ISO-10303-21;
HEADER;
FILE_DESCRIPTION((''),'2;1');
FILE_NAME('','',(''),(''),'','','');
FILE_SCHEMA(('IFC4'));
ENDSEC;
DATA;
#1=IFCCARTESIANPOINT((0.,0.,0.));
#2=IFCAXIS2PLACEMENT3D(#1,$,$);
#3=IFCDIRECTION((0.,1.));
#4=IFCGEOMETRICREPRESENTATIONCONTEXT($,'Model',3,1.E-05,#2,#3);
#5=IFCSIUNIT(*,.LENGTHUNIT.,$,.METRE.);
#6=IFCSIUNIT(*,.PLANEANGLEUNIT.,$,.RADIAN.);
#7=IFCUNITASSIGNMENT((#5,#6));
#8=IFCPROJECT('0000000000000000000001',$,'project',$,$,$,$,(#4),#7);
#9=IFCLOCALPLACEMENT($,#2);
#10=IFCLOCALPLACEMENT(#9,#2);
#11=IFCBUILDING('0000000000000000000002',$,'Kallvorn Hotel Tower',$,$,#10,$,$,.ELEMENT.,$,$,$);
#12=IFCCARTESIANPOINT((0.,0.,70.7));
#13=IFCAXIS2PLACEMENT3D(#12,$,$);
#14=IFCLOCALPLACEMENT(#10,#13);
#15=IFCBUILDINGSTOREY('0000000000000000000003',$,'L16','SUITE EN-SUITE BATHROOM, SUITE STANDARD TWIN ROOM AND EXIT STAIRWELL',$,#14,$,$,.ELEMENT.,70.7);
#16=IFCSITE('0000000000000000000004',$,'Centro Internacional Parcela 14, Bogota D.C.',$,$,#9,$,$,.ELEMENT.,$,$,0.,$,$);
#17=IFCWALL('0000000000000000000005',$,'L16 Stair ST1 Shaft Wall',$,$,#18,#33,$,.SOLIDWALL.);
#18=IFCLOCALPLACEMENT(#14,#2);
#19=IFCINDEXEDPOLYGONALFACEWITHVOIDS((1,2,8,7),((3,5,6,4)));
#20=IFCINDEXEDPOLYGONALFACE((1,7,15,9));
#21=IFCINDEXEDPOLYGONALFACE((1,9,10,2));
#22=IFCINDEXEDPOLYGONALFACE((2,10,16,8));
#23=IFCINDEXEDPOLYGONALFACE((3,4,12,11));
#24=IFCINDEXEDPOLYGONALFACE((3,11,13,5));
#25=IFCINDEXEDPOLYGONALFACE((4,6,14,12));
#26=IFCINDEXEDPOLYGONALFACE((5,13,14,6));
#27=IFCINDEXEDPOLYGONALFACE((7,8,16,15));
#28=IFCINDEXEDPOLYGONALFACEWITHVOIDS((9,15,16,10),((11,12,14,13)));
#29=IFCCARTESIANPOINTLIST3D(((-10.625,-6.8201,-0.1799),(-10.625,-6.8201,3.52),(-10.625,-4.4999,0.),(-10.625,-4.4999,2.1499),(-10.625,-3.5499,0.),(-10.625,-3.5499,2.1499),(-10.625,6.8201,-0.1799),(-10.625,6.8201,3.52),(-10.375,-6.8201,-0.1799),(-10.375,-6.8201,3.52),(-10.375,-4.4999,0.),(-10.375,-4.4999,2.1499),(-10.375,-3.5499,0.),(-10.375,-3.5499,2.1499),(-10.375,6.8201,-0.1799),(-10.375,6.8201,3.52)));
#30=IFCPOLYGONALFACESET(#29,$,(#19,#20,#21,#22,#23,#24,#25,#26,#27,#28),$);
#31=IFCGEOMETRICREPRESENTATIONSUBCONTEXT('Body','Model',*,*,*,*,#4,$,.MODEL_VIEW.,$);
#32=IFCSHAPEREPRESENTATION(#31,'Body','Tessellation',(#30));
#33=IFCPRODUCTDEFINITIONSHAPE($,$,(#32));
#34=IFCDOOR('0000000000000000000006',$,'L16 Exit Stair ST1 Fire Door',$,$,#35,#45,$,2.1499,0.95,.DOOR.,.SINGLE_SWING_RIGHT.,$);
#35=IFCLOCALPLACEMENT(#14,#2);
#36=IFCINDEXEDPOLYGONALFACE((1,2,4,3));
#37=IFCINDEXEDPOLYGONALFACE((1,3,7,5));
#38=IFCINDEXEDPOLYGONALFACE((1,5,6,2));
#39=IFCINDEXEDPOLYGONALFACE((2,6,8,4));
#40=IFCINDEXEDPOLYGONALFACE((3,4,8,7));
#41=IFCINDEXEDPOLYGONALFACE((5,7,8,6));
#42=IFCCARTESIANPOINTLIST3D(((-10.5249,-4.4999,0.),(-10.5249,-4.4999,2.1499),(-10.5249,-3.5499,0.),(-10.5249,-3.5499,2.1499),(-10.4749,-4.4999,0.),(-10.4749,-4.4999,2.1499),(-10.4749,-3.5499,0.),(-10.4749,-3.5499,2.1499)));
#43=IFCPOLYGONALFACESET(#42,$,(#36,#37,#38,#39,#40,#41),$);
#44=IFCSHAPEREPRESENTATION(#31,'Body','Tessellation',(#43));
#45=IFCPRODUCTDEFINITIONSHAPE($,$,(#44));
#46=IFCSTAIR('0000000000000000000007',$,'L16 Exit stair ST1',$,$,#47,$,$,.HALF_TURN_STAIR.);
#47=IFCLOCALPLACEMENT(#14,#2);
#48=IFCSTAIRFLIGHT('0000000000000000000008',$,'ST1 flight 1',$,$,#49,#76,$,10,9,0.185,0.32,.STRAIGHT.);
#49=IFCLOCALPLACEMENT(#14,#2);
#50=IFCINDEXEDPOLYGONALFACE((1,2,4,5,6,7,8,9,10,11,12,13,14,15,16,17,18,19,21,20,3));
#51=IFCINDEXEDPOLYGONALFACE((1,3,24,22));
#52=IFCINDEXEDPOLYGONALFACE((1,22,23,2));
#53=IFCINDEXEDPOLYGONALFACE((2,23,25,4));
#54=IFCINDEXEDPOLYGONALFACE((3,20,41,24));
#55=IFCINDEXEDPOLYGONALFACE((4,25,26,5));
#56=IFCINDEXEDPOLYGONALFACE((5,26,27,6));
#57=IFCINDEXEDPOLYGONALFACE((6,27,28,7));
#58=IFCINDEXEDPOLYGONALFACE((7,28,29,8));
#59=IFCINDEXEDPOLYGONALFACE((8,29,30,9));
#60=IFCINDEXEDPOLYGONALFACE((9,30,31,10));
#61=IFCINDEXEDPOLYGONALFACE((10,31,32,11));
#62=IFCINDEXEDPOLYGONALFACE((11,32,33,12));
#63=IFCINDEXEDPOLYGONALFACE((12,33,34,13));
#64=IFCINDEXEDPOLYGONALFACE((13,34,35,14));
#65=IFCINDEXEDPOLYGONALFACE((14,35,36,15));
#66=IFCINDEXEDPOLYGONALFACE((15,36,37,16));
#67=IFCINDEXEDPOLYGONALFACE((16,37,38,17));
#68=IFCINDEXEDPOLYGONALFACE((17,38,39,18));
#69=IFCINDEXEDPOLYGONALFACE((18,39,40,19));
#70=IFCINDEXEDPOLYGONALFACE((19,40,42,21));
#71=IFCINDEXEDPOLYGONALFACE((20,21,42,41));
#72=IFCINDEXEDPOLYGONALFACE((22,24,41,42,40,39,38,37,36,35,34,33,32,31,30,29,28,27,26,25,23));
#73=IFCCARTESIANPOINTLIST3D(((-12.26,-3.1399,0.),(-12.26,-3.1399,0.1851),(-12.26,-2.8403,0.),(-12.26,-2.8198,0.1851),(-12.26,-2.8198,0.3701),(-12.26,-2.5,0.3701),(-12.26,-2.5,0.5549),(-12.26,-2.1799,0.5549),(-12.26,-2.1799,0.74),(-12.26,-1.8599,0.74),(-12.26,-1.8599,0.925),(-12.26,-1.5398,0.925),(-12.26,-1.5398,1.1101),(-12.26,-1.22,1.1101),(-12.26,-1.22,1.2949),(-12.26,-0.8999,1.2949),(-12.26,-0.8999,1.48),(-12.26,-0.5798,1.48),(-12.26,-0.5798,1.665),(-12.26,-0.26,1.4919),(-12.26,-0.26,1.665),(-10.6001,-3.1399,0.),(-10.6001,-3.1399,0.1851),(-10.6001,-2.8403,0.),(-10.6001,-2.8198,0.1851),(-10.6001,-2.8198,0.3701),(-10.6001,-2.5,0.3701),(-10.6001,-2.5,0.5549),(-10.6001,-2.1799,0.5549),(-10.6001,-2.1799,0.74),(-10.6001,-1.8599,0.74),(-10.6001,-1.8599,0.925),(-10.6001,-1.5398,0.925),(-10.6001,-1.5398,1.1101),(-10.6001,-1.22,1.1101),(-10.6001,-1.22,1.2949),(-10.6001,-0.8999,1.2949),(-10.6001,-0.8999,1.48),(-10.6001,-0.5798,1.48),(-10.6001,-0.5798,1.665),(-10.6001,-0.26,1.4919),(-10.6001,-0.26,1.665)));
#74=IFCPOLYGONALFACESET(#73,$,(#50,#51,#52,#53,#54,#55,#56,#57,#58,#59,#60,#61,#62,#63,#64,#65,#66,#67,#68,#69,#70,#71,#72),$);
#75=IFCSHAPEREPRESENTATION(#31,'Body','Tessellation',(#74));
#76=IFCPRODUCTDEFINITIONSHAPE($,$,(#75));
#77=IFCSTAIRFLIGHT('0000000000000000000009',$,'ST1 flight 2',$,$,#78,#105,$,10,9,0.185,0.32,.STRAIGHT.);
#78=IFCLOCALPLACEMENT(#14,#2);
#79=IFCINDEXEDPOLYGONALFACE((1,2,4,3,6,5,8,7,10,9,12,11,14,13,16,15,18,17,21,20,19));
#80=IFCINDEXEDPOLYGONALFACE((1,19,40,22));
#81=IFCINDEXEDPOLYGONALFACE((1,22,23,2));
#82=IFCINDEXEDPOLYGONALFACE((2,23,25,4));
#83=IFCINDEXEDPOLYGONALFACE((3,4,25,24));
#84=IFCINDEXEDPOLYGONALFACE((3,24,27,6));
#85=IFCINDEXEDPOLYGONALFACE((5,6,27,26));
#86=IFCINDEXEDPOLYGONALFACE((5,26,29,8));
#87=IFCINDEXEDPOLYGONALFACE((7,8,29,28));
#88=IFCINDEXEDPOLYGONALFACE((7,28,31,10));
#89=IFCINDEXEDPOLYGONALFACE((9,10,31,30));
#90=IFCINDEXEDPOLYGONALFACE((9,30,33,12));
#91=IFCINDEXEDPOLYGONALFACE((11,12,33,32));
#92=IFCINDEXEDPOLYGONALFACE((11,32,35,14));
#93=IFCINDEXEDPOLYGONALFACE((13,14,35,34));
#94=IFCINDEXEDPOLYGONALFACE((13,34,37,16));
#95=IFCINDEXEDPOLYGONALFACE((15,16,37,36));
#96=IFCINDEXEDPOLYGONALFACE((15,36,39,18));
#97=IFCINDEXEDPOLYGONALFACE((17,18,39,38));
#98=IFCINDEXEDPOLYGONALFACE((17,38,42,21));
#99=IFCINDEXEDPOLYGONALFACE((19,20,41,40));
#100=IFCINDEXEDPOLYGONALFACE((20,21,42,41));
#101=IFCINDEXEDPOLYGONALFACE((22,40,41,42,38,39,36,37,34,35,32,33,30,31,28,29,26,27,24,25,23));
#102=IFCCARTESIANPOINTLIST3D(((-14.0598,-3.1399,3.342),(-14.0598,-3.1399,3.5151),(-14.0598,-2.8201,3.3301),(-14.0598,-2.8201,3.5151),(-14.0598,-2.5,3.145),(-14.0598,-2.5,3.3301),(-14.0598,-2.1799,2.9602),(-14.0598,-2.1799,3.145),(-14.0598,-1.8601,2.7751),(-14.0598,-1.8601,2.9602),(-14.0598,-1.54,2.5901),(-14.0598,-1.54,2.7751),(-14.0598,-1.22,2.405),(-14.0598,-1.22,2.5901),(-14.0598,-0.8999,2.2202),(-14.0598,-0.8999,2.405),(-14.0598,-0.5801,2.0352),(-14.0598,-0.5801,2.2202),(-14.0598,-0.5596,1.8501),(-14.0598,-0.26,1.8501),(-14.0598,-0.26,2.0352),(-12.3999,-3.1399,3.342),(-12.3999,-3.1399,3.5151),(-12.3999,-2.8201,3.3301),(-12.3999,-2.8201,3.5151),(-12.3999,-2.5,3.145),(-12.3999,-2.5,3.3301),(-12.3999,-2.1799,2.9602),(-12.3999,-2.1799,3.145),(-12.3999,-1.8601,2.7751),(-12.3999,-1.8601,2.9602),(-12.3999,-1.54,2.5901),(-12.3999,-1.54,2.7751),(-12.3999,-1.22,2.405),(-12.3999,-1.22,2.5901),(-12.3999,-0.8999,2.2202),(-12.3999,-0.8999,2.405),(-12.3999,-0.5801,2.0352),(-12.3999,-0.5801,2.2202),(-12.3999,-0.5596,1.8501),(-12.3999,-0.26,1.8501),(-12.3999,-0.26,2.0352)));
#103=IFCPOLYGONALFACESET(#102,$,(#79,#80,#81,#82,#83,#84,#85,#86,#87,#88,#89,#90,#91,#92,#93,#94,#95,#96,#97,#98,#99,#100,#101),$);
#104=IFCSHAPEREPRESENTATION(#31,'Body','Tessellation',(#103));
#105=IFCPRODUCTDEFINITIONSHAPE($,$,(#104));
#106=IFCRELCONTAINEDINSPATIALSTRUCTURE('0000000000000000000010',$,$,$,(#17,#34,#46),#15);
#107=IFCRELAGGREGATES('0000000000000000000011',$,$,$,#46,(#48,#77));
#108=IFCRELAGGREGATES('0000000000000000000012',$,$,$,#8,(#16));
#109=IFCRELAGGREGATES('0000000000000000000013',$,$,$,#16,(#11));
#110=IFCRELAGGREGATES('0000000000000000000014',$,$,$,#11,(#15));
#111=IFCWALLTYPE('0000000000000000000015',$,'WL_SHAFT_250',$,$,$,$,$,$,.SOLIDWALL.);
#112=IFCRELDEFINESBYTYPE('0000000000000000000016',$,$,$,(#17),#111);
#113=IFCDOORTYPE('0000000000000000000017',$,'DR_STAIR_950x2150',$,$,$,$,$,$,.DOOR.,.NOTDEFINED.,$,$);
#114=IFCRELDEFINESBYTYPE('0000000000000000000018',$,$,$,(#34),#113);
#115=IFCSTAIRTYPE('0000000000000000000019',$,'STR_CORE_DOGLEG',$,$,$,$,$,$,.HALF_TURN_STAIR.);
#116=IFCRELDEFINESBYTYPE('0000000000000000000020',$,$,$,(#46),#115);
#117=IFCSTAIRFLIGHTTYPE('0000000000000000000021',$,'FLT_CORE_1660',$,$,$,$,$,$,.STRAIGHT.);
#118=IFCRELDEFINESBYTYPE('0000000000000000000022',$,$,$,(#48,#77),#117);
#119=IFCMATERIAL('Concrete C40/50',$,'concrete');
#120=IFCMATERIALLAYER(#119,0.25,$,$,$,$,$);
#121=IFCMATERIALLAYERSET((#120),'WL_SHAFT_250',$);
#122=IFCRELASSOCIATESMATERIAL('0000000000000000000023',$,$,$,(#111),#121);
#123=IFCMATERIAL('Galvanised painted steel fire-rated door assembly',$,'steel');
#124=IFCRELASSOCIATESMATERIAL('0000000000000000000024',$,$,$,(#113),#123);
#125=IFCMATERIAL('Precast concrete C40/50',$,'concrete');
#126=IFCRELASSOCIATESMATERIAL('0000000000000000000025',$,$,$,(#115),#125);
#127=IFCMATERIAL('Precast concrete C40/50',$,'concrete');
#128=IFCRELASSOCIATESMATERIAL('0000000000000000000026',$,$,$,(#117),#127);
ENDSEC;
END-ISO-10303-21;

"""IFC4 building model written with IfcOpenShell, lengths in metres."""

from ifc_helpers import new_model, si_unit, direction, frame, frame_2d, origin, place, context, subcontext, project, spatial, polyline, rectangle, outline, extrude, material, layer, layer_set, type_object, element, fill, aggregate, save


model = new_model("IFC4")

# Units and contexts
model_context = context("Model", 3, precision=1e-05, world=origin(), true_north=direction((0.0, 1.0)))
body_context = subcontext(model_context, "Body", "Model", "MODEL_VIEW")
ifc_project = project(units=[si_unit("LENGTHUNIT", "METRE"), si_unit("PLANEANGLEUNIT", "RADIAN")], contexts=[model_context])

# Site, building, storey
site_placement = place(None, origin())
site = spatial("IfcSite", under=ifc_project, at=site_placement, Name="Centro Internacional Parcela 14, Bogota D.C.", CompositionType="ELEMENT", RefElevation=0.0)
building_placement = place(site_placement, origin())
building = spatial("IfcBuilding", under=site, at=building_placement, Name="Kallvorn Hotel Tower", CompositionType="ELEMENT")
storey_placement = place(building_placement, frame((0.0, 0.0, 70.7)))
storey = spatial("IfcBuildingStorey", under=building, at=storey_placement, Name="L16", Description="SUITE EN-SUITE BATHROOM, SUITE STANDARD TWIN ROOM AND EXIT STAIRWELL", CompositionType="ELEMENT", Elevation=70.7)

# Wall, opening, door
ifc_material_1 = material(Name="Concrete C40/50", Category="concrete")
ifc_layer_1 = layer(ifc_material_1, 0.25)
ifc_layer_set_1 = layer_set([ifc_layer_1], Name="WL_SHAFT_250")
wall_type_1 = type_object("IfcWallType", Name="WL_SHAFT_250", PredefinedType="SOLIDWALL", material=ifc_layer_set_1)
wall_1_placement = place(storey_placement, frame((-10.5, -6.8201, -0.1799), z_axis=(0.0, 0.0, 1.0), x_axis=(0.0, 1.0, 0.0)))
wall_1 = element("IfcWall", 1, at=wall_1_placement, inside=storey, type_object=wall_type_1, Name="L16 Stair ST1 Shaft Wall", PredefinedType="SOLIDWALL", context=body_context, shape_type="SweptSolid", body=[
    extrude(rectangle(XDim=13.6401, YDim=0.25, at=frame_2d((6.8201, 0.0))), origin(), (0.0, 0.0, 1.0), 3.7),
])
opening_1_placement = place(wall_1_placement, frame((2.3201, 0.0, 0.1799)))
opening_1 = element("IfcOpeningElement", 2, at=opening_1_placement, cuts=wall_1, PredefinedType="OPENING", context=body_context, shape_type="SweptSolid", body=[
    extrude(rectangle(XDim=0.95, YDim=2.1499, at=frame_2d((0.4751, 1.075))), frame((0.0, 0.1399, 0.0), z_axis=(0.0, -1.0, 0.0), x_axis=(1.0, 0.0, 0.0)), (0.0, 0.0, 1.0), 0.28),
])
ifc_material_2 = material(Name="Galvanised painted steel fire-rated door assembly", Category="steel")
door_type_1 = type_object("IfcDoorType", Name="DR_STAIR_950x2150", OperationType="NOTDEFINED", PredefinedType="DOOR", material=ifc_material_2)
door_1_placement = place(opening_1_placement, origin())
door_1 = element("IfcDoor", 3, at=door_1_placement, inside=storey, type_object=door_type_1, Name="L16 Exit Stair ST1 Fire Door", OperationType="SINGLE_SWING_RIGHT", OverallHeight=2.1499, OverallWidth=0.95, PredefinedType="DOOR", context=body_context, shape_type="SweptSolid", body=[
    extrude(rectangle(XDim=0.95, YDim=2.1499, at=frame_2d((0.4751, 1.075))), frame((0.0, 0.0249, 0.0), z_axis=(0.0, -1.0, 0.0), x_axis=(1.0, 0.0, 0.0)), (0.0, 0.0, 1.0), 0.05),
])
fill(opening_1, door_1)

# Stair, stair flights
ifc_material_3 = material(Name="Precast concrete C40/50", Category="concrete")
stair_type = type_object("IfcStairType", Name="STR_CORE_DOGLEG", PredefinedType="HALF_TURN_STAIR", material=ifc_material_3)
stair_placement = place(storey_placement, origin())
stair = element("IfcStair", 4, at=stair_placement, inside=storey, type_object=stair_type, Name="L16 Exit stair ST1", PredefinedType="HALF_TURN_STAIR")
ifc_material_4 = material(Name="Precast concrete C40/50", Category="concrete")
stair_flight_type = type_object("IfcStairFlightType", Name="FLT_CORE_1660", PredefinedType="STRAIGHT", material=ifc_material_4)
stair_flight_1_placement = place(storey_placement, frame((-11.4299, -3.1399, 0.0), z_axis=(0.0, 0.0, 1.0), x_axis=(0.0, 1.0, 0.0)))
stair_flight_1 = element("IfcStairFlight", 5, at=stair_flight_1_placement, type_object=stair_flight_type, Name="ST1 flight 1", NumberOfRisers=10, NumberOfTreads=9, PredefinedType="STRAIGHT", RiserHeight=0.185, TreadLength=0.32, context=body_context, shape_type="SweptSolid", body=[
    extrude(outline(polyline([(0.0, 0.0), (0.0, 0.1851), (0.3201, 0.1851), (0.3201, 0.3701), (0.6399, 0.3701), (0.6399, 0.5549), (0.96, 0.5549), (0.96, 0.74), (1.28, 0.74), (1.28, 0.925), (1.6001, 0.925), (1.6001, 1.1101), (1.9199, 1.1101), (1.9199, 1.2949), (2.24, 1.2949), (2.24, 1.48), (2.5601, 1.48), (2.5601, 1.665), (2.8799, 1.665), (2.8799, 1.8501), (2.8799, 1.4919), (0.2996, 0.0), (0.0, 0.0)])), frame((0.0, 0.8301, 0.0), z_axis=(0.0, -1.0, 0.0), x_axis=(1.0, 0.0, 0.0)), (0.0, 0.0, 1.0), 1.6599),
])
stair_flight_2_placement = place(storey_placement, frame((-13.23, -0.26, 1.8501), z_axis=(0.0, 0.0, 1.0), x_axis=(0.0, -1.0, 0.0)))
stair_flight_2 = element("IfcStairFlight", 6, at=stair_flight_2_placement, type_object=stair_flight_type, Name="ST1 flight 2", NumberOfRisers=10, NumberOfTreads=9, PredefinedType="STRAIGHT", RiserHeight=0.185, TreadLength=0.32, context=body_context, shape_type="SweptSolid", body=[
    extrude(outline(polyline([(0.0, 0.0), (0.0, 0.1851), (0.3201, 0.1851), (0.3201, 0.3701), (0.6399, 0.3701), (0.6399, 0.5549), (0.96, 0.5549), (0.96, 0.74), (1.28, 0.74), (1.28, 0.925), (1.6001, 0.925), (1.6001, 1.1101), (1.9199, 1.1101), (1.9199, 1.2949), (2.24, 1.2949), (2.24, 1.48), (2.5601, 1.48), (2.5601, 1.665), (2.8799, 1.665), (2.8799, 1.8501), (2.8799, 1.4919), (0.2996, 0.0), (0.0, 0.0)])), frame((0.0, 0.8301, 0.0), z_axis=(0.0, -1.0, 0.0), x_axis=(1.0, 0.0, 0.0)), (0.0, 0.0, 1.0), 1.6599),
])
aggregate(stair, [stair_flight_1, stair_flight_2])

save(model, "model.ifc")
